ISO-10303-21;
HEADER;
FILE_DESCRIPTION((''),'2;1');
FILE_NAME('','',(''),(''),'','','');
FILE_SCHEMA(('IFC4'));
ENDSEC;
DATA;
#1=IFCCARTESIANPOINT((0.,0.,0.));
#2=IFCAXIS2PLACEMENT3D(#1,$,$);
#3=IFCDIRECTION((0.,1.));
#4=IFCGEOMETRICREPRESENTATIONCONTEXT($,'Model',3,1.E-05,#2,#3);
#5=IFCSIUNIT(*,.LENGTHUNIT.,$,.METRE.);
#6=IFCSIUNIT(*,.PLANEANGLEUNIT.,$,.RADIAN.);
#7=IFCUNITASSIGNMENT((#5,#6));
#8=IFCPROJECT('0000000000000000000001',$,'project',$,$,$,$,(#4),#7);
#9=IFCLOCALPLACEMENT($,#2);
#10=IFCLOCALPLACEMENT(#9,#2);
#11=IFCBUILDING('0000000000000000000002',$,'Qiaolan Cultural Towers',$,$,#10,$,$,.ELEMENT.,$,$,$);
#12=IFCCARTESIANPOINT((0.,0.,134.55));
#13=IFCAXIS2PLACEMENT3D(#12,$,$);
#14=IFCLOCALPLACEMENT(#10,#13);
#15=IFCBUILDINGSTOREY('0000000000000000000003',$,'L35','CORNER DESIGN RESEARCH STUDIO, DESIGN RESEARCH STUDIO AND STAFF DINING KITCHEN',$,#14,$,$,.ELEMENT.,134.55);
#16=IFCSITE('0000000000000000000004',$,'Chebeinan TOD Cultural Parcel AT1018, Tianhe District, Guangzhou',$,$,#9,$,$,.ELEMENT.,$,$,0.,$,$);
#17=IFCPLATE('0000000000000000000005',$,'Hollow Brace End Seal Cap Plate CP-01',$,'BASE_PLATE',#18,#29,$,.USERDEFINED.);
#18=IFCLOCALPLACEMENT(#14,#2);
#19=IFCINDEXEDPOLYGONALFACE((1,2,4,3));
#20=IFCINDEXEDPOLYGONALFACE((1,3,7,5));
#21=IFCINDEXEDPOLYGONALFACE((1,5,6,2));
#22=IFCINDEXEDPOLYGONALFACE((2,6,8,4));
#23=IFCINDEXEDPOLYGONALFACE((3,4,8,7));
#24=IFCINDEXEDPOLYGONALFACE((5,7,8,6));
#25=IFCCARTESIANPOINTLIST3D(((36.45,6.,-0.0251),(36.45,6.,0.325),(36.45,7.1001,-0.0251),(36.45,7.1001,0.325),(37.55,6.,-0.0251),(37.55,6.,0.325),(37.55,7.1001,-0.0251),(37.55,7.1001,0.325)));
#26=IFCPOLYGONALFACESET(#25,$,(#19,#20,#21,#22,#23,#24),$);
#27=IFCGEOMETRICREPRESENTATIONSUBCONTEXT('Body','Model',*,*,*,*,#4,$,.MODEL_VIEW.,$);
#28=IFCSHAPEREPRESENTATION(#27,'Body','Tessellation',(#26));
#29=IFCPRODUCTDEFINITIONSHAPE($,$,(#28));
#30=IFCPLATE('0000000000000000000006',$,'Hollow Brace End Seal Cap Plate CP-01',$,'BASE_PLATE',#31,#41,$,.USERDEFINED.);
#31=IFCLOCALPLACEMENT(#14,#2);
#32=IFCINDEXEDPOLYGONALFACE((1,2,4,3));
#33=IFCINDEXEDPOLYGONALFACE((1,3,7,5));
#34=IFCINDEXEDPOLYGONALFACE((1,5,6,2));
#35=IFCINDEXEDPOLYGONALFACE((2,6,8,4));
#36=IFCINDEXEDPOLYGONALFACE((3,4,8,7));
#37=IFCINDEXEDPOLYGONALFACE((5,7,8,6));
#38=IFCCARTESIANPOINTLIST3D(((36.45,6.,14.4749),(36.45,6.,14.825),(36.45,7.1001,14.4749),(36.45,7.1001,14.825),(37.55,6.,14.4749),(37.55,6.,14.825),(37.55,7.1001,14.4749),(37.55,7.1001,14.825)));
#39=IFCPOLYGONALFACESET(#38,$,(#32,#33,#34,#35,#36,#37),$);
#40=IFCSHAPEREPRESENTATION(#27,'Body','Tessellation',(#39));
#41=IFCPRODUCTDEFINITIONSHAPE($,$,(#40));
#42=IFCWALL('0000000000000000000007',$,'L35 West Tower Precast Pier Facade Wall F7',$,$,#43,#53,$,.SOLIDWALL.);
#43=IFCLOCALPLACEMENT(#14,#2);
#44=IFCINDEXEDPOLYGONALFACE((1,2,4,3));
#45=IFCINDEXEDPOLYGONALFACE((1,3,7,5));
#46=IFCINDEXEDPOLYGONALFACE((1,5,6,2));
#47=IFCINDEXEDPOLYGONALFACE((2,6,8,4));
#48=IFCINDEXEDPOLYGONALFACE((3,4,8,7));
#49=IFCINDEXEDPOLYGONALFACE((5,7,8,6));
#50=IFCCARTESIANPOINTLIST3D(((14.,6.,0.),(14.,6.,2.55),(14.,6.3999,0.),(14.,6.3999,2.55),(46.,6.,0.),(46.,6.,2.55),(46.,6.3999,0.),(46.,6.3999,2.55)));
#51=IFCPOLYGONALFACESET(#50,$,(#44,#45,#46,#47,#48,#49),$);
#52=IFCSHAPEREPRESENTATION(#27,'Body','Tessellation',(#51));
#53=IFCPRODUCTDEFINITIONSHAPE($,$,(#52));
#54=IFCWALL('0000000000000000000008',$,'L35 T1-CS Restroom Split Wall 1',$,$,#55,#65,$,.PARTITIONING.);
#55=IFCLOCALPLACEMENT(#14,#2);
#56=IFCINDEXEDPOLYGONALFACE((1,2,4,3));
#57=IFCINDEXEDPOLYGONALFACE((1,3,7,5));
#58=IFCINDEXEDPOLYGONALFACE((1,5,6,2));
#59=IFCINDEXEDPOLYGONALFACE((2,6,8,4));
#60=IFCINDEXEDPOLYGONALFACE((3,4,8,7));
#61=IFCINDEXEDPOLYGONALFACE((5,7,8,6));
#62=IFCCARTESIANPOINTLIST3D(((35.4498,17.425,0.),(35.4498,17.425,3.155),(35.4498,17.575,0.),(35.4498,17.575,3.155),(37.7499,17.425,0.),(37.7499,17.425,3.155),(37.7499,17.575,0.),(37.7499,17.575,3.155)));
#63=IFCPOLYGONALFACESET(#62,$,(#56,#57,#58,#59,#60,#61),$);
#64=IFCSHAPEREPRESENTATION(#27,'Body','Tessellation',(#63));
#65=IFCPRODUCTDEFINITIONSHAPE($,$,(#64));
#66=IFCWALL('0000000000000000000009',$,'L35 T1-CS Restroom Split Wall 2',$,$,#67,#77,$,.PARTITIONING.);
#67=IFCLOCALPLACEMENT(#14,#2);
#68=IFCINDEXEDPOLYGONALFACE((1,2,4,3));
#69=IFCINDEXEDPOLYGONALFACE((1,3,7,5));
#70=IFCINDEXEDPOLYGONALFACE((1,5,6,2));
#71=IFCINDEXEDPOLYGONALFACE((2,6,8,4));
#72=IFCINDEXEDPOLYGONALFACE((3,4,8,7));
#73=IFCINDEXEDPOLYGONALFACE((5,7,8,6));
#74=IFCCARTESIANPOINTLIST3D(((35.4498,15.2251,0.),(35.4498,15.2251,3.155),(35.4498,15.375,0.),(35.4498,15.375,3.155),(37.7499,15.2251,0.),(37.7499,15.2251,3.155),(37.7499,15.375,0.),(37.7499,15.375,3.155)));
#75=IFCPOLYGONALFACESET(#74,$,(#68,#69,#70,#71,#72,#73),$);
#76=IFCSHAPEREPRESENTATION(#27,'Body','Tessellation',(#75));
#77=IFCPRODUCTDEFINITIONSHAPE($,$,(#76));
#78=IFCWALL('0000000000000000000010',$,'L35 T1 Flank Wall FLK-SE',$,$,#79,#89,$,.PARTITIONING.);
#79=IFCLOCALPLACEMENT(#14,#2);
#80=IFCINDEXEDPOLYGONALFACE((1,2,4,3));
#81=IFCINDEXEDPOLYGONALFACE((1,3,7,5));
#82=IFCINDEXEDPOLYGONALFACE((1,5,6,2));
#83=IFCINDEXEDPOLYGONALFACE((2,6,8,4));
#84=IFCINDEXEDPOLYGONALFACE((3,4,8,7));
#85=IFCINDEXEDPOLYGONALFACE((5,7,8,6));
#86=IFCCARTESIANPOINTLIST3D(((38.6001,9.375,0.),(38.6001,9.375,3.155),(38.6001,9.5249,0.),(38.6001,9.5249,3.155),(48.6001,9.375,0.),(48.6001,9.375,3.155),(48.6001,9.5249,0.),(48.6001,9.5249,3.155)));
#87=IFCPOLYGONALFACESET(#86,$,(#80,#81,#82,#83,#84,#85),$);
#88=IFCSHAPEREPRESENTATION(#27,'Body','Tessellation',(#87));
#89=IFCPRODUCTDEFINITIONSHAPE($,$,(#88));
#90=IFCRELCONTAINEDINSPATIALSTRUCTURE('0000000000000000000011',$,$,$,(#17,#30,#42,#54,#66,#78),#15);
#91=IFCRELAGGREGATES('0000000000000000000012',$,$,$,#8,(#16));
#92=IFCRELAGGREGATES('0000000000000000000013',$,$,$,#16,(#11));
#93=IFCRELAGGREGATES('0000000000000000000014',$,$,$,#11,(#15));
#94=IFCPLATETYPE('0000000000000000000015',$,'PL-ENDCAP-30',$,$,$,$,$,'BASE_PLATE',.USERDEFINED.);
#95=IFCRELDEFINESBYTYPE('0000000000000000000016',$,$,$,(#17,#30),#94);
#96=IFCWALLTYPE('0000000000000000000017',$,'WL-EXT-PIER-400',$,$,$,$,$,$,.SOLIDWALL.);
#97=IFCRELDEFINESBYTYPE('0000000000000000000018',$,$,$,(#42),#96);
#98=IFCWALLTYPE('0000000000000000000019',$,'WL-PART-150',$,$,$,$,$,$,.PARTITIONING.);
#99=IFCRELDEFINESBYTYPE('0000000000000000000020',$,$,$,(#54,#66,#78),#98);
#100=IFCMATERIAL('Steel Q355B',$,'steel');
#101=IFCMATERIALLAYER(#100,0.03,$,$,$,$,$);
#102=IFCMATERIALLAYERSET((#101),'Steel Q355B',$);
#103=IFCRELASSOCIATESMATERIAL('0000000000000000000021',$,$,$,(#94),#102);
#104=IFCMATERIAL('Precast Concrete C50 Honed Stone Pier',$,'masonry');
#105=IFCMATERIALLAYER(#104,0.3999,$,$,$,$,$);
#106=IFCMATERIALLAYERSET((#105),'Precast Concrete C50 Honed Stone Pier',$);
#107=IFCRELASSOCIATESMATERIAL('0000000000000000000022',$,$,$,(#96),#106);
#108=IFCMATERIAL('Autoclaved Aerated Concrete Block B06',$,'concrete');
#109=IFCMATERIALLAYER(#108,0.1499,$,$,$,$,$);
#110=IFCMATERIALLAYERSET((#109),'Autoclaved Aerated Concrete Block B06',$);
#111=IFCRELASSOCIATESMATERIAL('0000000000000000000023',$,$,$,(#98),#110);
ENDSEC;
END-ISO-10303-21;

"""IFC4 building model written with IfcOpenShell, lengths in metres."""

from ifc_helpers import new_model, si_unit, direction, frame, frame_2d, origin, origin_2d, place, context, subcontext, project, spatial, rectangle, extrude, material, layer, layer_set, type_object, element, save


model = new_model("IFC4")

# Units and contexts
model_context = context("Model", 3, precision=1e-05, world=origin(), true_north=direction((0.0, 1.0)))
body_context = subcontext(model_context, "Body", "Model", "MODEL_VIEW")
ifc_project = project(units=[si_unit("LENGTHUNIT", "METRE"), si_unit("PLANEANGLEUNIT", "RADIAN")], contexts=[model_context])

# Site, building, storey
site_placement = place(None, origin())
site = spatial("IfcSite", under=ifc_project, at=site_placement, Name="Chebeinan TOD Cultural Parcel AT1018, Tianhe District, Guangzhou", CompositionType="ELEMENT", RefElevation=0.0)
building_placement = place(site_placement, origin())
building = spatial("IfcBuilding", under=site, at=building_placement, Name="Qiaolan Cultural Towers", CompositionType="ELEMENT")
storey_placement = place(building_placement, frame((0.0, 0.0, 134.55)))
storey = spatial("IfcBuildingStorey", under=building, at=storey_placement, Name="L35", Description="CORNER DESIGN RESEARCH STUDIO, DESIGN RESEARCH STUDIO AND STAFF DINING KITCHEN", CompositionType="ELEMENT", Elevation=134.55)

# Plates
ifc_material_1 = material(Name="Steel Q355B", Category="steel")
ifc_layer_1 = layer(ifc_material_1, 0.03)
ifc_layer_set_1 = layer_set([ifc_layer_1], Name="Steel Q355B")
plate_type_1 = type_object("IfcPlateType", Name="PL-ENDCAP-30", ElementType="BASE_PLATE", PredefinedType="USERDEFINED", material=ifc_layer_set_1)
for number, where, z_axis, x_axis, name in (
    (1, (37.0, 6.55, -0.0251), (0.0, 0.0, 1.0), (1.0, 0.0, 0.0), "Hollow Brace End Seal Cap Plate CP-01"),
    (2, (37.0, 6.55, 14.4749), (0.0, 0.0, 1.0), (1.0, 0.0, 0.0), "Hollow Brace End Seal Cap Plate CP-01"),
):
    element("IfcPlate", number, at=place(storey_placement, frame(where, z_axis=z_axis, x_axis=x_axis)), inside=storey, type_object=plate_type_1, Name=name, ObjectType="BASE_PLATE", PredefinedType="USERDEFINED", context=body_context, shape_type="SweptSolid", body=[
        extrude(rectangle(XDim=1.1001, YDim=1.1001, at=origin_2d()), origin(), (0.0, 0.0, 1.0), 0.3501),
    ])

# Walls
ifc_material_2 = material(Name="Precast Concrete C50 Honed Stone Pier", Category="masonry")
ifc_layer_2 = layer(ifc_material_2, 0.3999)
ifc_layer_set_2 = layer_set([ifc_layer_2], Name="Precast Concrete C50 Honed Stone Pier")
wall_type_1 = type_object("IfcWallType", Name="WL-EXT-PIER-400", PredefinedType="SOLIDWALL", material=ifc_layer_set_2)
wall_1_placement = place(storey_placement, frame((46.0, 6.2, 0.0), z_axis=(0.0, 0.0, 1.0), x_axis=(-1.0, 0.0, 0.0)))
element("IfcWall", 3, at=wall_1_placement, inside=storey, type_object=wall_type_1, Name="L35 West Tower Precast Pier Facade Wall F7", PredefinedType="SOLIDWALL", context=body_context, shape_type="SweptSolid", body=[
    extrude(rectangle(XDim=32.0, YDim=0.3999, at=frame_2d((16.0, 0.0))), origin(), (0.0, 0.0, 1.0), 2.55),
])
ifc_material_3 = material(Name="Autoclaved Aerated Concrete Block B06", Category="concrete")
ifc_layer_3 = layer(ifc_material_3, 0.1499)
ifc_layer_set_3 = layer_set([ifc_layer_3], Name="Autoclaved Aerated Concrete Block B06")
wall_type_2 = type_object("IfcWallType", Name="WL-PART-150", PredefinedType="PARTITIONING", material=ifc_layer_set_3)
for number, where, z_axis, x_axis, name in (
    (4, (35.45, 17.5, 0.0), (0.0, 0.0, 1.0), (1.0, 0.0, 0.0), "L35 T1-CS Restroom Split Wall 1"),
    (5, (35.45, 15.3, 0.0), (0.0, 0.0, 1.0), (1.0, 0.0, 0.0), "L35 T1-CS Restroom Split Wall 2"),
):
    element("IfcWall", number, at=place(storey_placement, frame(where, z_axis=z_axis, x_axis=x_axis)), inside=storey, type_object=wall_type_2, Name=name, PredefinedType="PARTITIONING", context=body_context, shape_type="SweptSolid", body=[
        extrude(rectangle(XDim=2.3, YDim=0.1499, at=frame_2d((1.1499, 0.0))), origin(), (0.0, 0.0, 1.0), 3.155),
    ])
wall_2_placement = place(storey_placement, frame((38.6001, 9.45, 0.0), z_axis=(0.0, 0.0, 1.0), x_axis=(1.0, 0.0, 0.0)))
element("IfcWall", 6, at=wall_2_placement, inside=storey, type_object=wall_type_2, Name="L35 T1 Flank Wall FLK-SE", PredefinedType="PARTITIONING", context=body_context, shape_type="SweptSolid", body=[
    extrude(rectangle(XDim=10.0, YDim=0.1499, at=frame_2d((5.0, 0.0))), origin(), (0.0, 0.0, 1.0), 3.155),
])

save(model, "model.ifc")
